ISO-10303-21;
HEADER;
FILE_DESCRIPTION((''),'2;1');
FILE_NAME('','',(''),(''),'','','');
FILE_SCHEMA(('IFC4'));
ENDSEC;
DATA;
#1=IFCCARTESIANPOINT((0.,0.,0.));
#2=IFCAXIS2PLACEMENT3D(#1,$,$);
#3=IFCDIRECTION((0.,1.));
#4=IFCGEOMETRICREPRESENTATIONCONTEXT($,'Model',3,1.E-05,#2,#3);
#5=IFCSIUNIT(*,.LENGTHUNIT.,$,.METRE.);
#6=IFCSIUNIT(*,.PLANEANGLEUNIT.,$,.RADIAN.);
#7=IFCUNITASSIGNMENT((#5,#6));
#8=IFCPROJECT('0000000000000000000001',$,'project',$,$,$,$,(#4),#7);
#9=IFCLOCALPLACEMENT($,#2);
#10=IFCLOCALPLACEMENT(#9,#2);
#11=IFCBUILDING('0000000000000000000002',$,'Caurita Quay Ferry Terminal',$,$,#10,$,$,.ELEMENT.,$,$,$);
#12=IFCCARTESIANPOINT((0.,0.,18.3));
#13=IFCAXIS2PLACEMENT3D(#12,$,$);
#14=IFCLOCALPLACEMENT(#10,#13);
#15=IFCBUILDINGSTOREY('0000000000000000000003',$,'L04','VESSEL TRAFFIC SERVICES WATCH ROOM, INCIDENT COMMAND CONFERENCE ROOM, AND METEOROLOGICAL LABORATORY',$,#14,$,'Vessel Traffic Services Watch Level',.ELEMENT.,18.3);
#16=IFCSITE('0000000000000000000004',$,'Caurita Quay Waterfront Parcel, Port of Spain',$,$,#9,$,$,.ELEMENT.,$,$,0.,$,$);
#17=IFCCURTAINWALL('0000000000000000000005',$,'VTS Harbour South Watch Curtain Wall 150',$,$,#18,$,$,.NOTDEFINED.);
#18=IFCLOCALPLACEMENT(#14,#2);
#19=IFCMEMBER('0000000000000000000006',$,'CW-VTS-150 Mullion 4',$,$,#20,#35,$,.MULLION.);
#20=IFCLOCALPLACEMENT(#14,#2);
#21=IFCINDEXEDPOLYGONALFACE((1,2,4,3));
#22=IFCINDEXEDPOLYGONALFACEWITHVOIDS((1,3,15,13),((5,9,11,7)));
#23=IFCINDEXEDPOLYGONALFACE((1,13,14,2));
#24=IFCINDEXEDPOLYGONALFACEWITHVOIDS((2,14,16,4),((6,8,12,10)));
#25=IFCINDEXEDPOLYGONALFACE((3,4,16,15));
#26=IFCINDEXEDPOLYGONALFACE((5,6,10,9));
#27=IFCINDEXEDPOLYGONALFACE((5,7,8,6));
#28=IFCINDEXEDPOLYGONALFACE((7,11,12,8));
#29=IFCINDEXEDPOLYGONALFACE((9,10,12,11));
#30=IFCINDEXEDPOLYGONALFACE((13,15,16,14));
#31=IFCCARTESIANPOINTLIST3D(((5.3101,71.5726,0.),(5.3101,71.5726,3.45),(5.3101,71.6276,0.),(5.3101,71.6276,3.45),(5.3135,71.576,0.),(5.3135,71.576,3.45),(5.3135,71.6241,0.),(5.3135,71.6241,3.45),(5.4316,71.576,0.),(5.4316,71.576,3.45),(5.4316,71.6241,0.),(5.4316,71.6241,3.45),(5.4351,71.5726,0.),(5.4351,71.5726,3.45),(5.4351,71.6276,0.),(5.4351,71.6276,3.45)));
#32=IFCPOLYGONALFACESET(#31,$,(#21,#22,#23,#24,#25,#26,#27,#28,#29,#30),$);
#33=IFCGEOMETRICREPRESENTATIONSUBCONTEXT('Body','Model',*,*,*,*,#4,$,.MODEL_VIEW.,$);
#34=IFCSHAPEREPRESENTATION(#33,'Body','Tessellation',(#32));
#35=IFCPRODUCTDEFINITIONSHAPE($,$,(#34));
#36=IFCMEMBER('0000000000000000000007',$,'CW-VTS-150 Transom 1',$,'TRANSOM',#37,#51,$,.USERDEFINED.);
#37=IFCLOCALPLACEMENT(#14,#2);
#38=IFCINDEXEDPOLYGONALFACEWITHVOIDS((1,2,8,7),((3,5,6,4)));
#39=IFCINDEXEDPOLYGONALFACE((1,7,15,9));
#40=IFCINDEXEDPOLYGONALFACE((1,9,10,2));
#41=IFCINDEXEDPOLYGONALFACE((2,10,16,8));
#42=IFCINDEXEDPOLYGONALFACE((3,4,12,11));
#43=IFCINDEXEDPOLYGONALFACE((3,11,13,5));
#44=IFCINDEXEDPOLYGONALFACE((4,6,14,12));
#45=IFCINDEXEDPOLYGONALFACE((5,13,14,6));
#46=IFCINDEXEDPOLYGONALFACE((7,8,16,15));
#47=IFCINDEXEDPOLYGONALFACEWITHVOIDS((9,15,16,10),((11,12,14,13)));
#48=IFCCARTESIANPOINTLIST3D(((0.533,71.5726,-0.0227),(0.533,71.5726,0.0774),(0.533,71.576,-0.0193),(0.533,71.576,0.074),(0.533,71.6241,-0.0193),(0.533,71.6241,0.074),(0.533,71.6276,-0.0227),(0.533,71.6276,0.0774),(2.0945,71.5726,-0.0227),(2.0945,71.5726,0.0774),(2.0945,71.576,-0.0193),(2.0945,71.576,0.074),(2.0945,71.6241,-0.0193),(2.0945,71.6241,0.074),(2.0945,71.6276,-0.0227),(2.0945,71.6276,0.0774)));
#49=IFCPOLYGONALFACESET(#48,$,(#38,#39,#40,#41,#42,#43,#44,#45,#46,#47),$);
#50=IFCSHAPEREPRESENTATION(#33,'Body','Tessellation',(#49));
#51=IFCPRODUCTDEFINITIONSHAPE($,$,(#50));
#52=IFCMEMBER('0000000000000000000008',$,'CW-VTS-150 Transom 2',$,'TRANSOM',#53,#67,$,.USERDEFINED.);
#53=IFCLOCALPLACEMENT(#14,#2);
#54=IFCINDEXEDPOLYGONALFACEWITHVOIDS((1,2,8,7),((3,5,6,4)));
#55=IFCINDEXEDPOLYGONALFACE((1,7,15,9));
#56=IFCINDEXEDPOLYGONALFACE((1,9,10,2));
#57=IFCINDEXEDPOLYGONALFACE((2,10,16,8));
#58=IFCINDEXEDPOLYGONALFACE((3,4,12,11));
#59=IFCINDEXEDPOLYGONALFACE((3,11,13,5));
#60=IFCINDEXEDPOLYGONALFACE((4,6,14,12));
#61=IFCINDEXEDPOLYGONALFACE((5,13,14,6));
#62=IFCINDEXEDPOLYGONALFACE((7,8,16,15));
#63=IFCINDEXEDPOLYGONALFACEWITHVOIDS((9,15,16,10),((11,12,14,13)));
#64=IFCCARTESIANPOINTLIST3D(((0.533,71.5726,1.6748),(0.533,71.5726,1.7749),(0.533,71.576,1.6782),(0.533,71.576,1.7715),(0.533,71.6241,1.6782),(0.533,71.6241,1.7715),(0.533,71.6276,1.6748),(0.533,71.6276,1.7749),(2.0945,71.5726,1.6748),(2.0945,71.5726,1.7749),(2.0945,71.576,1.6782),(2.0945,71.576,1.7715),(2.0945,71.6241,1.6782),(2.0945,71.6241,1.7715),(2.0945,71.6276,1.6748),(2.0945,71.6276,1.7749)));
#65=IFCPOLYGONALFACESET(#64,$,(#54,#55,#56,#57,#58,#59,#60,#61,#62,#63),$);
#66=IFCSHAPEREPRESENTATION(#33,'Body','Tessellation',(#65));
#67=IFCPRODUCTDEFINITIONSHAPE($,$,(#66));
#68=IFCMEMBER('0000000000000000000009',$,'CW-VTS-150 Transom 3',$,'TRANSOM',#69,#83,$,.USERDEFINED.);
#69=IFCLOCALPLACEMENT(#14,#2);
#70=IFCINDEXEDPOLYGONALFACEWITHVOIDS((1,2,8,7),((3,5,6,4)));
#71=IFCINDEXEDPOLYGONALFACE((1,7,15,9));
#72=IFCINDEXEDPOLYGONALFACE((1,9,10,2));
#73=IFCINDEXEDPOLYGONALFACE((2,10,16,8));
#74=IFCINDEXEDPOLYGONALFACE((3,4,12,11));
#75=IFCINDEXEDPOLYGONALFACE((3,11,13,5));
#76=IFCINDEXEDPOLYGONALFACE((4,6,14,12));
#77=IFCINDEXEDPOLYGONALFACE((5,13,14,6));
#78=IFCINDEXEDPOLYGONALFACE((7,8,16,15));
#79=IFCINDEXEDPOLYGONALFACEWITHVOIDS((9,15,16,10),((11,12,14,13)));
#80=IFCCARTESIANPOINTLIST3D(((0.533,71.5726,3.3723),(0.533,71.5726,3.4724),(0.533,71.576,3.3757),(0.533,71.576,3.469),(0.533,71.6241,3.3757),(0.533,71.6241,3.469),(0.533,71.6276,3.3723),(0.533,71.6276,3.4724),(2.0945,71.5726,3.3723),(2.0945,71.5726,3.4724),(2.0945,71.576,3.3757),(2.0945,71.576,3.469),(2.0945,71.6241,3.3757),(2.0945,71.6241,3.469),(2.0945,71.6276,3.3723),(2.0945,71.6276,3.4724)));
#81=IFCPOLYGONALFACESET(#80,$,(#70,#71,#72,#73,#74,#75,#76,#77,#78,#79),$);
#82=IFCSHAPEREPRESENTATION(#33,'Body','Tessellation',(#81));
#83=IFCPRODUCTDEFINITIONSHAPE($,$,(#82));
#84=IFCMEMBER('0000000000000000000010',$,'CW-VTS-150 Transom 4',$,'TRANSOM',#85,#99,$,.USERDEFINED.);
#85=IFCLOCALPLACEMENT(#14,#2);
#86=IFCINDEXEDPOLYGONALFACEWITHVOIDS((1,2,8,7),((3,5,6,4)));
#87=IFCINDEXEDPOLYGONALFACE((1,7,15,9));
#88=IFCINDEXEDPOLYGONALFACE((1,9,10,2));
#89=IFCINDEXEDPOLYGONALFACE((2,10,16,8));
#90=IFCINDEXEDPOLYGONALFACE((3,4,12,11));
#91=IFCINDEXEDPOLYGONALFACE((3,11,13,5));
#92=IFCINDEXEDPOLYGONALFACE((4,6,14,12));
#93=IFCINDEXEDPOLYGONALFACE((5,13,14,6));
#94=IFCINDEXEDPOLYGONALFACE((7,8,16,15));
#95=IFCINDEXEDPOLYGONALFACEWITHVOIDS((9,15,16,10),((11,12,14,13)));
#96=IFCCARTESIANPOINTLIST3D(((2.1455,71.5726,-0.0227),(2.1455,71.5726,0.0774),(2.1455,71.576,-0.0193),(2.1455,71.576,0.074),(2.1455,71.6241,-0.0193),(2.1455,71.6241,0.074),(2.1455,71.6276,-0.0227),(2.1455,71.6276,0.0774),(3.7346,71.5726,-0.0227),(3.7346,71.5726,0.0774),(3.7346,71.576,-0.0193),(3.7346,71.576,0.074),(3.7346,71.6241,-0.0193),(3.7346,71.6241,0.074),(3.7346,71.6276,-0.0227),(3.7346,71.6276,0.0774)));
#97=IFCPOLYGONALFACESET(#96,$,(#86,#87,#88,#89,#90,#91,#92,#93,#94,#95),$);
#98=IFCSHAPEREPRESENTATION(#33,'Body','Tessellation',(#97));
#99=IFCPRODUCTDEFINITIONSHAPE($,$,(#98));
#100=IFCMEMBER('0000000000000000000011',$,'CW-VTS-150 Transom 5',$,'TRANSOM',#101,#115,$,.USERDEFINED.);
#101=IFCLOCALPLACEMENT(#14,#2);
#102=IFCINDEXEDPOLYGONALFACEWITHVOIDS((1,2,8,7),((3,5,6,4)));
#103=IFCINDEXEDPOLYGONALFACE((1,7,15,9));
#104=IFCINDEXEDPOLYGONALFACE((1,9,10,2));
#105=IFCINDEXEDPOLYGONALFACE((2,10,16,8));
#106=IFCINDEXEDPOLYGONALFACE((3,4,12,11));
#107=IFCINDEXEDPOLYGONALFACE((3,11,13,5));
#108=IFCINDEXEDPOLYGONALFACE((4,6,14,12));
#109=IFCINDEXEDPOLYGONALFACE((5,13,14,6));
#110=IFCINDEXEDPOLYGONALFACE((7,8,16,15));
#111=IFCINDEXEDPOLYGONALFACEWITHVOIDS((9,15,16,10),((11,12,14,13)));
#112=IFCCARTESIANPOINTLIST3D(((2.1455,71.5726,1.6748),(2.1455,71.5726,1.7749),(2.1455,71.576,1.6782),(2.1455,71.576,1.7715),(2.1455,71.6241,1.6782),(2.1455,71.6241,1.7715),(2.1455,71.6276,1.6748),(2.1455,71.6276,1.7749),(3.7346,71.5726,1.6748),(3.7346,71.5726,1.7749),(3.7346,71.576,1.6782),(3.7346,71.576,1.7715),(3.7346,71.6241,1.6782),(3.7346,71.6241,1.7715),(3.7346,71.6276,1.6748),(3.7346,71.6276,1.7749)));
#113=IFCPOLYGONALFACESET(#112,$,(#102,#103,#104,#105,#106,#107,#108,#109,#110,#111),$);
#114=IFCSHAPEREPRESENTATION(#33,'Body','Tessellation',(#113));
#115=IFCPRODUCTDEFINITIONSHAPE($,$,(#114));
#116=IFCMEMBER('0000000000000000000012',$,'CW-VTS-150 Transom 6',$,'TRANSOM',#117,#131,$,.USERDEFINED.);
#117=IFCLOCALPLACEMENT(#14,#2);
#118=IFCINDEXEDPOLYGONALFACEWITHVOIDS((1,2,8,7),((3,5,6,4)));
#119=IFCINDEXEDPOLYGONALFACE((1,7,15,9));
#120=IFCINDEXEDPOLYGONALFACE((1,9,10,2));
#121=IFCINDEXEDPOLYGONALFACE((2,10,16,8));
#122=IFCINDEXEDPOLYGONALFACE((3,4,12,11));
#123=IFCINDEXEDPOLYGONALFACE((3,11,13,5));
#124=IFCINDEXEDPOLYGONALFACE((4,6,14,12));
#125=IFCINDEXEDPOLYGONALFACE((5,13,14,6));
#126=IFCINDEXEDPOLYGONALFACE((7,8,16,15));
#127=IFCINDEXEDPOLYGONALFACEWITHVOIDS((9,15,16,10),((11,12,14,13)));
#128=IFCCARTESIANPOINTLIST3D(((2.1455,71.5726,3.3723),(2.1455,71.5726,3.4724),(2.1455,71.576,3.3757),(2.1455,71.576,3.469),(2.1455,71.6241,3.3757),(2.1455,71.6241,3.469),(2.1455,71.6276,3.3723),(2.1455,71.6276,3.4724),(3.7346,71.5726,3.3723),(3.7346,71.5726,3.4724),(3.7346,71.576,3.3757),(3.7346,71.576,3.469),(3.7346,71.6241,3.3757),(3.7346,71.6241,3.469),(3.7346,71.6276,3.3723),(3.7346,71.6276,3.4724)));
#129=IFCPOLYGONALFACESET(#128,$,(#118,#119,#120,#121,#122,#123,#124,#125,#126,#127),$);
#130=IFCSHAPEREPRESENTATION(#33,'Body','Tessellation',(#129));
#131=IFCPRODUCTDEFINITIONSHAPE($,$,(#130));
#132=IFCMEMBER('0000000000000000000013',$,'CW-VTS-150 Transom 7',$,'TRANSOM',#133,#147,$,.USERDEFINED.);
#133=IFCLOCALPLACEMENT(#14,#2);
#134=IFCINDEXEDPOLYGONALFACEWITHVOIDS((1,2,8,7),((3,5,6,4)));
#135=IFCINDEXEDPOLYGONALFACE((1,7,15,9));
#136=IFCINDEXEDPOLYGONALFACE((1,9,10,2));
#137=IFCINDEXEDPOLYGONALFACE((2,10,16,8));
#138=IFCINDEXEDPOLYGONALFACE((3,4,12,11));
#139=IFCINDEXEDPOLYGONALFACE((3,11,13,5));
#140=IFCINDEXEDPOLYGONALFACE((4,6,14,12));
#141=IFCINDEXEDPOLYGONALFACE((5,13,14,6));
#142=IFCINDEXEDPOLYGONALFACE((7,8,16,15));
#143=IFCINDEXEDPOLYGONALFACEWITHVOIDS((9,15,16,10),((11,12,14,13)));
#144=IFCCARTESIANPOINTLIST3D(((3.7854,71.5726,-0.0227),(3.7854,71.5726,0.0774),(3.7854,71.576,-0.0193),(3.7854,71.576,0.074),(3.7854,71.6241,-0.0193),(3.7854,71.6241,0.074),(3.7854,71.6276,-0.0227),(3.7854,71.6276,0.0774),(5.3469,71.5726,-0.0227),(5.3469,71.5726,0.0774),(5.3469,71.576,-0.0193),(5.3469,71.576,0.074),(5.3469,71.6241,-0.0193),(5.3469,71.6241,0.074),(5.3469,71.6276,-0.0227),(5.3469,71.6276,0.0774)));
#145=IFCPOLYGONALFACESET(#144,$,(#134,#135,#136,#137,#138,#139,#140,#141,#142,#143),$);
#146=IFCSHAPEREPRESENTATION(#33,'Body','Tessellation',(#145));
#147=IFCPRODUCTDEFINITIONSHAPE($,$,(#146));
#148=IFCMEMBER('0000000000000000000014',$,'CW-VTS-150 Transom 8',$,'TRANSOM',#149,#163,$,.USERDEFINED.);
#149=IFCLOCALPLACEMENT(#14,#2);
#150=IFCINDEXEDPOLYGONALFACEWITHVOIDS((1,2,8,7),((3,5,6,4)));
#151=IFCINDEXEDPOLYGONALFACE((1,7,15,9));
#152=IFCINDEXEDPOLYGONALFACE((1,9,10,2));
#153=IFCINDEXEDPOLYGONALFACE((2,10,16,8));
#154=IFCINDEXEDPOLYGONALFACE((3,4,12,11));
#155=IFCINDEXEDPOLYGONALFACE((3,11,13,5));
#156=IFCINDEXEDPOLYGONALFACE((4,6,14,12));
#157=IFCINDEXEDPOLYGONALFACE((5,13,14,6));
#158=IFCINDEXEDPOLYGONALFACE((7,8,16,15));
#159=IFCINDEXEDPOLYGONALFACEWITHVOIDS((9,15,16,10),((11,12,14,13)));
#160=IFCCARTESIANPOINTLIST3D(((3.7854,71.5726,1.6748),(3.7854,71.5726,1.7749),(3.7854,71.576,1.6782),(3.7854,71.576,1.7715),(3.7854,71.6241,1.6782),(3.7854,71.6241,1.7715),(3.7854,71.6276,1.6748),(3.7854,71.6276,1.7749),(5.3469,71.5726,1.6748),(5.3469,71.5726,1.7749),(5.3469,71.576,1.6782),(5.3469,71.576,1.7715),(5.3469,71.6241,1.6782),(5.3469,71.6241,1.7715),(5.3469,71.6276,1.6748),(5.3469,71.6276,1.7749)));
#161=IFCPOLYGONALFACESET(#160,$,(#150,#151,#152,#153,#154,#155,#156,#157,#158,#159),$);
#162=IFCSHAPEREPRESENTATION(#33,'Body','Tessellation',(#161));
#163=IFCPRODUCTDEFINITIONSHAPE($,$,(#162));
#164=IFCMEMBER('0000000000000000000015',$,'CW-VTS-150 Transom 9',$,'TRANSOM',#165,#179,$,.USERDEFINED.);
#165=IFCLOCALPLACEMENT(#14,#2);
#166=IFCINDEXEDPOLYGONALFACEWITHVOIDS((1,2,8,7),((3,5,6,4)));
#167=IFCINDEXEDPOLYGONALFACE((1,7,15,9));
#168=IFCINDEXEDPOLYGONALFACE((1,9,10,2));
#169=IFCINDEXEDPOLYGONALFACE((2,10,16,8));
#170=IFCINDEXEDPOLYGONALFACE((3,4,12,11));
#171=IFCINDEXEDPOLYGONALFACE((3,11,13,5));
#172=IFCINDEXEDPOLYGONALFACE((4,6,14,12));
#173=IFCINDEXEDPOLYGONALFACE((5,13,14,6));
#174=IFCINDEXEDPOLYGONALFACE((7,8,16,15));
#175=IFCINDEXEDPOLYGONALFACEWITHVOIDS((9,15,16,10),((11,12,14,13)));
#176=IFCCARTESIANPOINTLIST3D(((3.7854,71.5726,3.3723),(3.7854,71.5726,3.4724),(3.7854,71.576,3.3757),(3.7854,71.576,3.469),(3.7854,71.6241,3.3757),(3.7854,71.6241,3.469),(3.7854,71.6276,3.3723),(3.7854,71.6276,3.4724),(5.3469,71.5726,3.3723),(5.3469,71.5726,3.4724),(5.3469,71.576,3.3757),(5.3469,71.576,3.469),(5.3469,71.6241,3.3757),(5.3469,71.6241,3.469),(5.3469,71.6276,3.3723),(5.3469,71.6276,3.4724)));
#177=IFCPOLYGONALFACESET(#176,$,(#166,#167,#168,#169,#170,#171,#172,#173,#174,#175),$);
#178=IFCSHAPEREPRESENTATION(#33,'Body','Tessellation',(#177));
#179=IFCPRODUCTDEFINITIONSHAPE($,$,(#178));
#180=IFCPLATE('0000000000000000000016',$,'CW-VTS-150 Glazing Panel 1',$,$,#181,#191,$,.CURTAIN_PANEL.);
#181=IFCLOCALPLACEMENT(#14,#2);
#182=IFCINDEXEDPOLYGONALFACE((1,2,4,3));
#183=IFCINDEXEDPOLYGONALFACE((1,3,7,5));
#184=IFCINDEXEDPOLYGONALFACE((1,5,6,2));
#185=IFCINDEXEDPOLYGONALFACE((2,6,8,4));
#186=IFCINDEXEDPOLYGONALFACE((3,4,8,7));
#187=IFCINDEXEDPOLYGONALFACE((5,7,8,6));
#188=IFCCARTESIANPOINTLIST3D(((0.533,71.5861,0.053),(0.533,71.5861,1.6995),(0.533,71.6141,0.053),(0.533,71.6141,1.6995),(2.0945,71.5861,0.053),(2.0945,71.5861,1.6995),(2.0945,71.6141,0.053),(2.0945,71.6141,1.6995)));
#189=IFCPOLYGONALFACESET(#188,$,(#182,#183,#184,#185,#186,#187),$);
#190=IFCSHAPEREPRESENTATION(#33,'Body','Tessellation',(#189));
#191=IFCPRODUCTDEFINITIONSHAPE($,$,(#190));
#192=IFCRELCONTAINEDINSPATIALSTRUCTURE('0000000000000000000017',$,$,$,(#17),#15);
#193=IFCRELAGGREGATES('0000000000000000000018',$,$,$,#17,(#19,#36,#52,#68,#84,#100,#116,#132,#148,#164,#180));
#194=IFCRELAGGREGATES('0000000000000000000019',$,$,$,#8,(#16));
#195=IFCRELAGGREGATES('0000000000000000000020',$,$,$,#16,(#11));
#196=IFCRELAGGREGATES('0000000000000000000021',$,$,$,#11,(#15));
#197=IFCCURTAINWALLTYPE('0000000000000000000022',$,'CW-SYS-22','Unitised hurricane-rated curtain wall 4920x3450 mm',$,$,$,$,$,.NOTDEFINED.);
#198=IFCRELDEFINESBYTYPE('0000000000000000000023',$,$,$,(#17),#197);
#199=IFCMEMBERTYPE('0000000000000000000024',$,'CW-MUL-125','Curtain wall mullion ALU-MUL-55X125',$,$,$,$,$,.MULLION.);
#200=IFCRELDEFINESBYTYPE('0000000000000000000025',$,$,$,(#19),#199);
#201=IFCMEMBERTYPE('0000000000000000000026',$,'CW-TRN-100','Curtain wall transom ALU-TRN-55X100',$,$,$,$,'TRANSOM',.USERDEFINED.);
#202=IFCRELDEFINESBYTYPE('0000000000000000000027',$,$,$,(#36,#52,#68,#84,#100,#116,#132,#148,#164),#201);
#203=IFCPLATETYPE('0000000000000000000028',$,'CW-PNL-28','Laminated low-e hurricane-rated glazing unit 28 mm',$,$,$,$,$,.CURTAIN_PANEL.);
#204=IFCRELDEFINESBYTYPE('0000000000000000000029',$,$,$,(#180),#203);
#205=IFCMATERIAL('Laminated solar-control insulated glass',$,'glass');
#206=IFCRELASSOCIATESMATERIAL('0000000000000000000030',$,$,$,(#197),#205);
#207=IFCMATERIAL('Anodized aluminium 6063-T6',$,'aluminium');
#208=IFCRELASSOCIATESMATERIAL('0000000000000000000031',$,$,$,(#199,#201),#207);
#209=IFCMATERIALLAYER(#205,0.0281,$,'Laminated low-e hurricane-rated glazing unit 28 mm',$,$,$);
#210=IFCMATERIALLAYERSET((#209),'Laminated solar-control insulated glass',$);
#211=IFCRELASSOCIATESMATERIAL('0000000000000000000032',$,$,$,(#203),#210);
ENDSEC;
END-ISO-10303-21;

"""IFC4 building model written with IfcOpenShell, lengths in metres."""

from ifc_helpers import new_model, si_unit, direction, frame, origin, origin_2d, place, context, subcontext, project, spatial, rectangle, hollow_rectangle, extrude, material, layer, layer_set, material_profile, profile_set, type_object, element, aggregate, save


model = new_model("IFC4")

# Units and contexts
model_context = context("Model", 3, precision=1e-05, world=origin(), true_north=direction((0.0, 1.0)))
body_context = subcontext(model_context, "Body", "Model", "MODEL_VIEW")
ifc_project = project(units=[si_unit("LENGTHUNIT", "METRE"), si_unit("PLANEANGLEUNIT", "RADIAN")], contexts=[model_context])

# Site, building, storey
site_placement = place(None, origin())
site = spatial("IfcSite", under=ifc_project, at=site_placement, Name="Caurita Quay Waterfront Parcel, Port of Spain", CompositionType="ELEMENT", RefElevation=0.0)
building_placement = place(site_placement, origin())
building = spatial("IfcBuilding", under=site, at=building_placement, Name="Caurita Quay Ferry Terminal", CompositionType="ELEMENT")
storey_placement = place(building_placement, frame((0.0, 0.0, 18.3)))
storey = spatial("IfcBuildingStorey", under=building, at=storey_placement, Name="L04", Description="VESSEL TRAFFIC SERVICES WATCH ROOM, INCIDENT COMMAND CONFERENCE ROOM, AND METEOROLOGICAL LABORATORY", LongName="Vessel Traffic Services Watch Level", CompositionType="ELEMENT", Elevation=18.3)

# Curtain wall, members, plate
ifc_material_1 = material(Name="Laminated solar-control insulated glass", Category="glass")
curtain_wall_type = type_object("IfcCurtainWallType", Name="CW-SYS-22", Description="Unitised hurricane-rated curtain wall 4920x3450 mm", PredefinedType="NOTDEFINED", material=ifc_material_1)
curtain_wall_placement = place(storey_placement, origin())
curtain_wall = element("IfcCurtainWall", 1, at=curtain_wall_placement, inside=storey, type_object=curtain_wall_type, Name="VTS Harbour South Watch Curtain Wall 150", PredefinedType="NOTDEFINED")
ifc_material_2 = material(Name="Anodized aluminium 6063-T6", Category="aluminium")
ifc_material_profile_1 = material_profile(ifc_material_2, hollow_rectangle(XDim=0.0549, YDim=0.125, WallThickness=0.0034, at=origin_2d()), Name="ALU-MUL-55X125")
ifc_profile_set_1 = profile_set([ifc_material_profile_1], Name="Anodized aluminium 6063-T6")
member_type_1 = type_object("IfcMemberType", Name="CW-MUL-125", Description="Curtain wall mullion ALU-MUL-55X125", PredefinedType="MULLION", material=ifc_profile_set_1)
member_1_placement = place(storey_placement, frame((5.3726, 71.6001, 0.0), z_axis=(0.0, 0.0, 1.0), x_axis=(0.0, 1.0, 0.0)))
member_1 = element("IfcMember", 2, at=member_1_placement, type_object=member_type_1, Name="CW-VTS-150 Mullion 4", PredefinedType="MULLION", context=body_context, shape_type="SweptSolid", body=[
    extrude(hollow_rectangle(XDim=0.0549, YDim=0.125, WallThickness=0.0034, at=origin_2d()), origin(), (0.0, 0.0, 1.0), 3.45),
])
ifc_material_profile_2 = material_profile(ifc_material_2, hollow_rectangle(XDim=0.0549, YDim=0.1001, WallThickness=0.0034, at=origin_2d()), Name="ALU-TRN-55X100")
ifc_profile_set_2 = profile_set([ifc_material_profile_2], Name="Anodized aluminium 6063-T6")
member_type_2 = type_object("IfcMemberType", Name="CW-TRN-100", Description="Curtain wall transom ALU-TRN-55X100", ElementType="TRANSOM", PredefinedType="USERDEFINED", material=ifc_profile_set_2)
member_2_placement = place(storey_placement, frame((0.533, 71.6001, 0.0273), z_axis=(1.0, 0.0, 0.0), x_axis=(0.0, 1.0, 0.0)))
member_2 = element("IfcMember", 3, at=member_2_placement, type_object=member_type_2, Name="CW-VTS-150 Transom 1", ObjectType="TRANSOM", PredefinedType="USERDEFINED", context=body_context, shape_type="SweptSolid", body=[
    extrude(hollow_rectangle(XDim=0.0549, YDim=0.1001, WallThickness=0.0034, at=origin_2d()), origin(), (0.0, 0.0, 1.0), 1.5615),
])
member_3_placement = place(storey_placement, frame((0.533, 71.6001, 1.7249), z_axis=(1.0, 0.0, 0.0), x_axis=(0.0, 1.0, 0.0)))
member_3 = element("IfcMember", 4, at=member_3_placement, type_object=member_type_2, Name="CW-VTS-150 Transom 2", ObjectType="TRANSOM", PredefinedType="USERDEFINED", context=body_context, shape_type="SweptSolid", body=[
    extrude(hollow_rectangle(XDim=0.0549, YDim=0.1001, WallThickness=0.0034, at=origin_2d()), origin(), (0.0, 0.0, 1.0), 1.5615),
])
member_4_placement = place(storey_placement, frame((0.533, 71.6001, 3.4224), z_axis=(1.0, 0.0, 0.0), x_axis=(0.0, 1.0, 0.0)))
member_4 = element("IfcMember", 5, at=member_4_placement, type_object=member_type_2, Name="CW-VTS-150 Transom 3", ObjectType="TRANSOM", PredefinedType="USERDEFINED", context=body_context, shape_type="SweptSolid", body=[
    extrude(hollow_rectangle(XDim=0.0549, YDim=0.1001, WallThickness=0.0034, at=origin_2d()), origin(), (0.0, 0.0, 1.0), 1.5615),
])
member_5_placement = place(storey_placement, frame((2.1455, 71.6001, 0.0273), z_axis=(1.0, 0.0, 0.0), x_axis=(0.0, 1.0, 0.0)))
member_5 = element("IfcMember", 6, at=member_5_placement, type_object=member_type_2, Name="CW-VTS-150 Transom 4", ObjectType="TRANSOM", PredefinedType="USERDEFINED", context=body_context, shape_type="SweptSolid", body=[
    extrude(hollow_rectangle(XDim=0.0549, YDim=0.1001, WallThickness=0.0034, at=origin_2d()), origin(), (0.0, 0.0, 1.0), 1.5891),
])
member_6_placement = place(storey_placement, frame((2.1455, 71.6001, 1.7249), z_axis=(1.0, 0.0, 0.0), x_axis=(0.0, 1.0, 0.0)))
member_6 = element("IfcMember", 7, at=member_6_placement, type_object=member_type_2, Name="CW-VTS-150 Transom 5", ObjectType="TRANSOM", PredefinedType="USERDEFINED", context=body_context, shape_type="SweptSolid", body=[
    extrude(hollow_rectangle(XDim=0.0549, YDim=0.1001, WallThickness=0.0034, at=origin_2d()), origin(), (0.0, 0.0, 1.0), 1.5891),
])
member_7_placement = place(storey_placement, frame((2.1455, 71.6001, 3.4224), z_axis=(1.0, 0.0, 0.0), x_axis=(0.0, 1.0, 0.0)))
member_7 = element("IfcMember", 8, at=member_7_placement, type_object=member_type_2, Name="CW-VTS-150 Transom 6", ObjectType="TRANSOM", PredefinedType="USERDEFINED", context=body_context, shape_type="SweptSolid", body=[
    extrude(hollow_rectangle(XDim=0.0549, YDim=0.1001, WallThickness=0.0034, at=origin_2d()), origin(), (0.0, 0.0, 1.0), 1.5891),
])
member_8_placement = place(storey_placement, frame((3.7854, 71.6001, 0.0273), z_axis=(1.0, 0.0, 0.0), x_axis=(0.0, 1.0, 0.0)))
member_8 = element("IfcMember", 9, at=member_8_placement, type_object=member_type_2, Name="CW-VTS-150 Transom 7", ObjectType="TRANSOM", PredefinedType="USERDEFINED", context=body_context, shape_type="SweptSolid", body=[
    extrude(hollow_rectangle(XDim=0.0549, YDim=0.1001, WallThickness=0.0034, at=origin_2d()), origin(), (0.0, 0.0, 1.0), 1.5615),
])
member_9_placement = place(storey_placement, frame((3.7854, 71.6001, 1.7249), z_axis=(1.0, 0.0, 0.0), x_axis=(0.0, 1.0, 0.0)))
member_9 = element("IfcMember", 10, at=member_9_placement, type_object=member_type_2, Name="CW-VTS-150 Transom 8", ObjectType="TRANSOM", PredefinedType="USERDEFINED", context=body_context, shape_type="SweptSolid", body=[
    extrude(hollow_rectangle(XDim=0.0549, YDim=0.1001, WallThickness=0.0034, at=origin_2d()), origin(), (0.0, 0.0, 1.0), 1.5615),
])
member_10_placement = place(storey_placement, frame((3.7854, 71.6001, 3.4224), z_axis=(1.0, 0.0, 0.0), x_axis=(0.0, 1.0, 0.0)))
member_10 = element("IfcMember", 11, at=member_10_placement, type_object=member_type_2, Name="CW-VTS-150 Transom 9", ObjectType="TRANSOM", PredefinedType="USERDEFINED", context=body_context, shape_type="SweptSolid", body=[
    extrude(hollow_rectangle(XDim=0.0549, YDim=0.1001, WallThickness=0.0034, at=origin_2d()), origin(), (0.0, 0.0, 1.0), 1.5615),
])
ifc_layer_1 = layer(ifc_material_1, 0.0281, Name="Laminated low-e hurricane-rated glazing unit 28 mm")
ifc_layer_set_1 = layer_set([ifc_layer_1], Name="Laminated solar-control insulated glass")
plate_type = type_object("IfcPlateType", Name="CW-PNL-28", Description="Laminated low-e hurricane-rated glazing unit 28 mm", PredefinedType="CURTAIN_PANEL", material=ifc_layer_set_1)
plate_1_placement = place(storey_placement, frame((1.3137, 71.6001, 0.053), z_axis=(0.0, 0.0, 1.0), x_axis=(1.0, 0.0, 0.0)))
plate_1 = element("IfcPlate", 12, at=plate_1_placement, type_object=plate_type, Name="CW-VTS-150 Glazing Panel 1", PredefinedType="CURTAIN_PANEL", context=body_context, shape_type="SweptSolid", body=[
    extrude(rectangle(XDim=1.5615, YDim=0.0281, at=origin_2d()), origin(), (0.0, 0.0, 1.0), 1.6465),
])
aggregate(curtain_wall, [member_1, member_2, member_3, member_4, member_5, member_6, member_7, member_8, member_9, member_10, plate_1])

save(model, "model.ifc")
